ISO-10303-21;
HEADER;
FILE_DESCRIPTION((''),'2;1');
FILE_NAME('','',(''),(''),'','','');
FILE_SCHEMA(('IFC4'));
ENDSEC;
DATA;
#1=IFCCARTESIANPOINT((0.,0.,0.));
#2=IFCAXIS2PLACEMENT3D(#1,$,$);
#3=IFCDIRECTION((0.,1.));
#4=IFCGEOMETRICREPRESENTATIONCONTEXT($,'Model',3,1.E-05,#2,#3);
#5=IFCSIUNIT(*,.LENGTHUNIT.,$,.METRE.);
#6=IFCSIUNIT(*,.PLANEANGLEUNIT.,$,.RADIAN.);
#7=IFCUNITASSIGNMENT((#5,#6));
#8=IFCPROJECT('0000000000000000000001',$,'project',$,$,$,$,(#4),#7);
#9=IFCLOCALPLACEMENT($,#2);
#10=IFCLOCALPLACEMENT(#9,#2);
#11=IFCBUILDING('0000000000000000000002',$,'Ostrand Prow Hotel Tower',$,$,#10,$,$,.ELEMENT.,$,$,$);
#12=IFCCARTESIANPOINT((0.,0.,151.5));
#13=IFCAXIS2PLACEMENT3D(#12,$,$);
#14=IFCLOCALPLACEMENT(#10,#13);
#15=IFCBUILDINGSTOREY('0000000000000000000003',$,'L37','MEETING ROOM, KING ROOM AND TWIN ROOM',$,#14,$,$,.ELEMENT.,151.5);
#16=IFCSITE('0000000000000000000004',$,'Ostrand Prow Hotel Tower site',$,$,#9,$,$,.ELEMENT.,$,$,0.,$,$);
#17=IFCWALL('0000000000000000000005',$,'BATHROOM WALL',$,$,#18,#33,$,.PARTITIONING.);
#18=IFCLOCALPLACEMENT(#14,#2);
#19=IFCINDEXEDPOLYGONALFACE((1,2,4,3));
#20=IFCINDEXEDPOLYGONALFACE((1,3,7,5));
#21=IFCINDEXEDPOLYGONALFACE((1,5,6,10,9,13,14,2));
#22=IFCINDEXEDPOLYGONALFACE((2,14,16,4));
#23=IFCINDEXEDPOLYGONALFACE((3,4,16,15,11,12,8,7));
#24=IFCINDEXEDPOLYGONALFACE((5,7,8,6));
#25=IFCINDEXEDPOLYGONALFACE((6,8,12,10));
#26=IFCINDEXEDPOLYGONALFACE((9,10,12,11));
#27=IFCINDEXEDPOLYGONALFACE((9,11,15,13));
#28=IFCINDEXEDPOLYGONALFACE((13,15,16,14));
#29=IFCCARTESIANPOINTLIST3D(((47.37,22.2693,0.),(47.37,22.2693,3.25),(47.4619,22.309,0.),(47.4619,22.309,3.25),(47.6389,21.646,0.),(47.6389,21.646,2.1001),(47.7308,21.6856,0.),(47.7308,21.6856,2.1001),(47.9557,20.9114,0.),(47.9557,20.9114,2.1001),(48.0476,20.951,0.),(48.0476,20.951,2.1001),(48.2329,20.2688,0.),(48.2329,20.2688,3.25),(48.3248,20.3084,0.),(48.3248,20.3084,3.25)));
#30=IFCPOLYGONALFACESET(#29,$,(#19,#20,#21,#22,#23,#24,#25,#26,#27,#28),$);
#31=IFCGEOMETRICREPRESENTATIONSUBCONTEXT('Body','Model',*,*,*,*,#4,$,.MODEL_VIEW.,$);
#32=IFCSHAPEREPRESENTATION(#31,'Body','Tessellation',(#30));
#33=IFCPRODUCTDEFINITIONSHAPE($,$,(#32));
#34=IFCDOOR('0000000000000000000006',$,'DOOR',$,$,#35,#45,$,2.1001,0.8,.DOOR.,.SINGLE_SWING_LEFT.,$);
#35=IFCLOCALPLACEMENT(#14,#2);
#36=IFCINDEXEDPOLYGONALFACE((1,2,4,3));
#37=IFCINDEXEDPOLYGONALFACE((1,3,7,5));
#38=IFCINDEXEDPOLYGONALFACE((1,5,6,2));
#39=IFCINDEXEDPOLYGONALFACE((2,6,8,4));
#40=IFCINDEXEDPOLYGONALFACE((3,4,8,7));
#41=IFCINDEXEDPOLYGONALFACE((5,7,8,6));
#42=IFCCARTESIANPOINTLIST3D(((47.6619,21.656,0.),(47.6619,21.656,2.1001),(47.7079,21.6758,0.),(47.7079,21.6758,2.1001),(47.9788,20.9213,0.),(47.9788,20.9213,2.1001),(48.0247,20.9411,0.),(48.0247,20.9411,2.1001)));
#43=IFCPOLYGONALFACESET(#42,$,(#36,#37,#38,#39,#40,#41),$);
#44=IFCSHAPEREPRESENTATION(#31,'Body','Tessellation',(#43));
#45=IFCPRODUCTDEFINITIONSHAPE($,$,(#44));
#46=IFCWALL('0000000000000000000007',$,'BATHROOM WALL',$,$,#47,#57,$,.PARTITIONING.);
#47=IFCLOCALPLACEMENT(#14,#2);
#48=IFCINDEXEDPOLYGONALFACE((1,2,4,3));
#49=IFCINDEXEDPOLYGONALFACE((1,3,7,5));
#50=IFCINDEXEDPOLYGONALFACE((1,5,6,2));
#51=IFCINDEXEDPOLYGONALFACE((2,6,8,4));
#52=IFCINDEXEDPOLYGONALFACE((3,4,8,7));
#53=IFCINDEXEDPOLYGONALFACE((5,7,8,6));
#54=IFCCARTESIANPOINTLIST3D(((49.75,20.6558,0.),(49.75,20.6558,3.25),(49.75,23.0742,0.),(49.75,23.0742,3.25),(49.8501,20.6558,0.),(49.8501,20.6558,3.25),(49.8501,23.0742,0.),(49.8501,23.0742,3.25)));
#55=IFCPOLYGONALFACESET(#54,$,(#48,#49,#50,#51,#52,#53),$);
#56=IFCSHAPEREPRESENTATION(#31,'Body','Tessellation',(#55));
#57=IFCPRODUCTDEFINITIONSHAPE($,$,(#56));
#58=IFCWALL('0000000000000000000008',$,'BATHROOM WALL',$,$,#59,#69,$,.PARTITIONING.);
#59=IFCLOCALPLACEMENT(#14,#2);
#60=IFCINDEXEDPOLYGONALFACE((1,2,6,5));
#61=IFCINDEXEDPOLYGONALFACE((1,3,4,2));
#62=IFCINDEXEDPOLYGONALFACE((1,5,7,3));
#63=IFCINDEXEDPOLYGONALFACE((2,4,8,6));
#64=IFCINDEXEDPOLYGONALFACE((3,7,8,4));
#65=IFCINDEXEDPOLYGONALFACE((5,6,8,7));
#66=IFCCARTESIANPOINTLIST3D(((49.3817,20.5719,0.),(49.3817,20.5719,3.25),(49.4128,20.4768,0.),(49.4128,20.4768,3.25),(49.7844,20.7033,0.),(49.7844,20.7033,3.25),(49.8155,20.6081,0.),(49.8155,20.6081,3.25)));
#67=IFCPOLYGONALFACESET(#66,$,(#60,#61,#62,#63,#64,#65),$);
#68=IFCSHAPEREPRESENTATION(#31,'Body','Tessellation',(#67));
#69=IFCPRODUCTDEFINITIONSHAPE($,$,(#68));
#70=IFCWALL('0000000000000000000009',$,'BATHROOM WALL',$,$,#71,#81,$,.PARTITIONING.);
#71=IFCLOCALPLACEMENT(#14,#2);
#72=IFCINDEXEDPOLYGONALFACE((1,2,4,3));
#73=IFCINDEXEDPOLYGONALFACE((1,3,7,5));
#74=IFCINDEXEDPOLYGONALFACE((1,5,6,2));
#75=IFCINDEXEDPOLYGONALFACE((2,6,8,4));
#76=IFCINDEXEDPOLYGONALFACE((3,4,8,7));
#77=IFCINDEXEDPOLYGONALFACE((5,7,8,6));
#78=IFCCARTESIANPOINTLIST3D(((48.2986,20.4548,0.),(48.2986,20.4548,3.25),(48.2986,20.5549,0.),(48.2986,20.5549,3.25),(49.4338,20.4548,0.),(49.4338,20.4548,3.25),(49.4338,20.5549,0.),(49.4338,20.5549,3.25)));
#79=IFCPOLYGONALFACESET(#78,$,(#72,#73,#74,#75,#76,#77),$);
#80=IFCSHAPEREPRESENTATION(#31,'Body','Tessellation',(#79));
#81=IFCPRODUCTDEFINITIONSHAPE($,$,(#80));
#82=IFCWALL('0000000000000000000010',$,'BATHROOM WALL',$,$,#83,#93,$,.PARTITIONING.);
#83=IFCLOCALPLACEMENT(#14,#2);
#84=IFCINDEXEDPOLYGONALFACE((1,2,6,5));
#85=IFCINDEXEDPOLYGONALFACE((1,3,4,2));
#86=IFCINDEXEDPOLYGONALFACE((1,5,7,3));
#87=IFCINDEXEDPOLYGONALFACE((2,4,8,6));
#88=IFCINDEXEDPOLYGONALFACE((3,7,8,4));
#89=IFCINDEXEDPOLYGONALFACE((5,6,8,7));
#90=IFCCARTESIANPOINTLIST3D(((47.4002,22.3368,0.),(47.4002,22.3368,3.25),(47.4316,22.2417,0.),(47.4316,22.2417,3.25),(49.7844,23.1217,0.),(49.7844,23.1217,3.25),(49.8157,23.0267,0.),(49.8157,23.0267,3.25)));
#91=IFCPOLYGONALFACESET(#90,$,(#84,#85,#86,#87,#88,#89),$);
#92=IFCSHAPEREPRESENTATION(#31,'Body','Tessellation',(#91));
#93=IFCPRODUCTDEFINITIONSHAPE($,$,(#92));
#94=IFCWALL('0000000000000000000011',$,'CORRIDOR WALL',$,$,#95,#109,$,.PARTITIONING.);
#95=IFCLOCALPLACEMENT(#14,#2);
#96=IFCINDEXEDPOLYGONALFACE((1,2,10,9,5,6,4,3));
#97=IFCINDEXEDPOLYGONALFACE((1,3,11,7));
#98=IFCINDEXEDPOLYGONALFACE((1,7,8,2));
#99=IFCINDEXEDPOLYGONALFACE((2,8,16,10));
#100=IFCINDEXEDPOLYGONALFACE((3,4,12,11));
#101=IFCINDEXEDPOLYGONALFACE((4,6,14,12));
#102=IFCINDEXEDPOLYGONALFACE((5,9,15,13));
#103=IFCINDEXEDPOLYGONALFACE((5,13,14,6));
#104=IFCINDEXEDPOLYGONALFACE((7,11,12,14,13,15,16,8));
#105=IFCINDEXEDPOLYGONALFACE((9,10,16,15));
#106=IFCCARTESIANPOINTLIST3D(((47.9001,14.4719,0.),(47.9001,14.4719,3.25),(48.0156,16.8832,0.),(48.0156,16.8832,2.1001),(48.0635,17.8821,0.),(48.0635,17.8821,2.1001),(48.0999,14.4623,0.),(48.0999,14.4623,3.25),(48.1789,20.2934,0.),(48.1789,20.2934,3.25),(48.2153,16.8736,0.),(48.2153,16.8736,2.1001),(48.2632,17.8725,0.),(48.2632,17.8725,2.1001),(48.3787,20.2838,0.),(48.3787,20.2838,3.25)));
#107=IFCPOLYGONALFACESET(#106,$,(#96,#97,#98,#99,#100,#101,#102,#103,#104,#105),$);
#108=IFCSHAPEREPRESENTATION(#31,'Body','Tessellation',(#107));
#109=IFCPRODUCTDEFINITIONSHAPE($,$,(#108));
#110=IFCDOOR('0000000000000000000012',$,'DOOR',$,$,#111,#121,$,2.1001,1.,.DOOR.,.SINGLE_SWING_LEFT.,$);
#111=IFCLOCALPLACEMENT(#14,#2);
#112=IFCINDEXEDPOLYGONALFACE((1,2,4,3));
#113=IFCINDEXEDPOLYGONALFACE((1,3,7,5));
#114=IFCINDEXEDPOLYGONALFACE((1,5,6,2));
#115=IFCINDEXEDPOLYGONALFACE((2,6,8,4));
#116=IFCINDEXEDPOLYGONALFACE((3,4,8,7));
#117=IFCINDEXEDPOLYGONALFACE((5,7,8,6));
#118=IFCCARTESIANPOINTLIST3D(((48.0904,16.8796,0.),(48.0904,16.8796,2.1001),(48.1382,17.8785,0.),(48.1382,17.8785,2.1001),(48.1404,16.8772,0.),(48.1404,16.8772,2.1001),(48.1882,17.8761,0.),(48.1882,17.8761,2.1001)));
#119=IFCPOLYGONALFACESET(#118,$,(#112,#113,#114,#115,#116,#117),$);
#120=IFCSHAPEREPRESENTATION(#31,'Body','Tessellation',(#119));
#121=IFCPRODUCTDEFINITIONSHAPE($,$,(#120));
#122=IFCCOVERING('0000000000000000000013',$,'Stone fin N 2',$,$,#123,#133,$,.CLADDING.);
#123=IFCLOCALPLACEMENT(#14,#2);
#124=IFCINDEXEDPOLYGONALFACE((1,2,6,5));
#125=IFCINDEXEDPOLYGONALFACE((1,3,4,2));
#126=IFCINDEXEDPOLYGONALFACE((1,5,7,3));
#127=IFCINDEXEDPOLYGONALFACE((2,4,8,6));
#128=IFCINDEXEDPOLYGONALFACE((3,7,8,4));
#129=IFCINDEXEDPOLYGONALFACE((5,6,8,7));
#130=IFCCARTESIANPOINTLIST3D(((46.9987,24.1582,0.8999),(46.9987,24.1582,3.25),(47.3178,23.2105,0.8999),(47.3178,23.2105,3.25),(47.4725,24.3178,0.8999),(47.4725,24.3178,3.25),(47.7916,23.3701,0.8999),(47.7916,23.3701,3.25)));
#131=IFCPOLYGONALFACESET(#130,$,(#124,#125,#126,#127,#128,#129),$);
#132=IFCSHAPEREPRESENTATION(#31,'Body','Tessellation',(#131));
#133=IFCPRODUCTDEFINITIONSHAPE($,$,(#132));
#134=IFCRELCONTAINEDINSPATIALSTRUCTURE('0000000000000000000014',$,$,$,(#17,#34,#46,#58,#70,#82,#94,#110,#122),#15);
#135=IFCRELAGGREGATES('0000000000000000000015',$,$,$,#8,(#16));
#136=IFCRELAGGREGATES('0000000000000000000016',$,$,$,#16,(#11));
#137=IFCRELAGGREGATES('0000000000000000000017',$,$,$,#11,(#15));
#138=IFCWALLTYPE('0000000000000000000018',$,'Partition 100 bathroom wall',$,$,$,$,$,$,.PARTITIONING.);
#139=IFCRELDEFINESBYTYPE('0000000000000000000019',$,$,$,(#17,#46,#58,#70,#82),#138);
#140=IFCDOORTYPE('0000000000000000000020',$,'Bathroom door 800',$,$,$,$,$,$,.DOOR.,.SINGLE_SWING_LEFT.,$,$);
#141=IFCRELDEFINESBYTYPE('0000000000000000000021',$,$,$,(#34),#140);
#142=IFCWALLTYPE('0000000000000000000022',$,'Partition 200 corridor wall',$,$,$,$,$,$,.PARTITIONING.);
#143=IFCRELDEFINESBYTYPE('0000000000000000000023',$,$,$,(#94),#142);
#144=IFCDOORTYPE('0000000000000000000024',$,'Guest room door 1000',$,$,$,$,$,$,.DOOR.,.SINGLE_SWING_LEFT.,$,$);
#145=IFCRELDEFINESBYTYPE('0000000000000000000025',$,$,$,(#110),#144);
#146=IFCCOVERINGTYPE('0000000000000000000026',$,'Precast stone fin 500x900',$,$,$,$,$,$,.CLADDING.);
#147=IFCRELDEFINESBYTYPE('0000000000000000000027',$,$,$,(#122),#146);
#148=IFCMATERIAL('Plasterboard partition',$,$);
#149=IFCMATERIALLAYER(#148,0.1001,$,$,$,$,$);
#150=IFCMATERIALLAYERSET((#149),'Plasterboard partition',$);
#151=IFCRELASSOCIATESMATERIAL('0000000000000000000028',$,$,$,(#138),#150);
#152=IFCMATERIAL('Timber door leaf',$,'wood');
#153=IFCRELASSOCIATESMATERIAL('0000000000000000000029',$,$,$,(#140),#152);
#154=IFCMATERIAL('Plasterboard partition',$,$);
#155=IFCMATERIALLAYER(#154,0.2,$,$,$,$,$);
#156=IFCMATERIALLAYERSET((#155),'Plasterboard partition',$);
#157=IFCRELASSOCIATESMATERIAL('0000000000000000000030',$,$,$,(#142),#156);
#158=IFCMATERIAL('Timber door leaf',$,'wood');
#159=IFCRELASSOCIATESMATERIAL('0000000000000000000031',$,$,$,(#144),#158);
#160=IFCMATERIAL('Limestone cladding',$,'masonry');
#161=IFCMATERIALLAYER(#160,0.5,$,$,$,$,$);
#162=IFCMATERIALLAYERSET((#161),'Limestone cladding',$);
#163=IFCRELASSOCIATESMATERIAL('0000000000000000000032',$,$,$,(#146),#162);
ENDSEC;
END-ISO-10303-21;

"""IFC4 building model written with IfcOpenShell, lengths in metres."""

from ifc_helpers import new_model, si_unit, direction, frame, frame_2d, origin, place, context, subcontext, project, spatial, rectangle, extrude, material, layer, layer_set, type_object, element, fill, save


model = new_model("IFC4")

# Units and contexts
model_context = context("Model", 3, precision=1e-05, world=origin(), true_north=direction((0.0, 1.0)))
body_context = subcontext(model_context, "Body", "Model", "MODEL_VIEW")
ifc_project = project(units=[si_unit("LENGTHUNIT", "METRE"), si_unit("PLANEANGLEUNIT", "RADIAN")], contexts=[model_context])

# Site, building, storey
site_placement = place(None, origin())
site = spatial("IfcSite", under=ifc_project, at=site_placement, Name="Ostrand Prow Hotel Tower site", CompositionType="ELEMENT", RefElevation=0.0)
building_placement = place(site_placement, origin())
building = spatial("IfcBuilding", under=site, at=building_placement, Name="Ostrand Prow Hotel Tower", CompositionType="ELEMENT")
storey_placement = place(building_placement, frame((0.0, 0.0, 151.5)))
storey = spatial("IfcBuildingStorey", under=building, at=storey_placement, Name="L37", Description="MEETING ROOM, KING ROOM AND TWIN ROOM", CompositionType="ELEMENT", Elevation=151.5)

# Wall, opening, door
ifc_material_1 = material(Name="Plasterboard partition")
ifc_layer_1 = layer(ifc_material_1, 0.1001)
ifc_layer_set_1 = layer_set([ifc_layer_1], Name="Plasterboard partition")
wall_type_1 = type_object("IfcWallType", Name="Partition 100 bathroom wall", PredefinedType="PARTITIONING", material=ifc_layer_set_1)
wall_1_placement = place(storey_placement, frame((48.2788, 20.2886, 0.0), z_axis=(0.0, 0.0, 1.0), x_axis=(-0.396028, 0.918238, 0.0)))
wall_1 = element("IfcWall", 1, at=wall_1_placement, inside=storey, type_object=wall_type_1, Name="BATHROOM WALL", PredefinedType="PARTITIONING", context=body_context, shape_type="SweptSolid", body=[
    extrude(rectangle(XDim=2.1787, YDim=0.1001, at=frame_2d((1.0894, 0.0))), origin(), (0.0, 0.0, 1.0), 3.25),
])
opening_1_placement = place(wall_1_placement, frame((0.7, 0.0, 0.0)))
opening_1 = element("IfcOpeningElement", 2, at=opening_1_placement, cuts=wall_1, PredefinedType="OPENING", context=body_context, shape_type="SweptSolid", body=[
    extrude(rectangle(XDim=0.8, YDim=2.1001, at=frame_2d((0.3999, 1.05))), frame((0.0, 0.0601, 0.0), z_axis=(0.0, -1.0, 0.0), x_axis=(1.0, 0.0, 0.0)), (0.0, 0.0, 1.0), 0.1201),
])
ifc_material_2 = material(Name="Timber door leaf", Category="wood")
door_type_1 = type_object("IfcDoorType", Name="Bathroom door 800", OperationType="SINGLE_SWING_LEFT", PredefinedType="DOOR", material=ifc_material_2)
door_1_placement = place(opening_1_placement, origin())
door_1 = element("IfcDoor", 3, at=door_1_placement, inside=storey, type_object=door_type_1, Name="DOOR", OperationType="SINGLE_SWING_LEFT", OverallHeight=2.1001, OverallWidth=0.8, PredefinedType="DOOR", context=body_context, shape_type="SweptSolid", body=[
    extrude(rectangle(XDim=0.8, YDim=2.1001, at=frame_2d((0.3999, 1.05))), frame((0.0, 0.0249, 0.0), z_axis=(0.0, -1.0, 0.0), x_axis=(1.0, 0.0, 0.0)), (0.0, 0.0, 1.0), 0.05),
])
fill(opening_1, door_1)

# Walls
wall_2_placement = place(storey_placement, frame((49.8, 23.0742, 0.0), z_axis=(0.0, 0.0, 1.0), x_axis=(0.0, -1.0, 0.0)))
element("IfcWall", 4, at=wall_2_placement, inside=storey, type_object=wall_type_1, Name="BATHROOM WALL", PredefinedType="PARTITIONING", context=body_context, shape_type="SweptSolid", body=[
    extrude(rectangle(XDim=2.4185, YDim=0.1001, at=frame_2d((1.2092, 0.0))), origin(), (0.0, 0.0, 1.0), 3.25),
])
wall_3_placement = place(storey_placement, frame((49.8, 20.6558, 0.0), z_axis=(0.0, 0.0, 1.0), x_axis=(-0.950682, -0.310168, 0.0)))
element("IfcWall", 5, at=wall_3_placement, inside=storey, type_object=wall_type_1, Name="BATHROOM WALL", PredefinedType="PARTITIONING", context=body_context, shape_type="SweptSolid", body=[
    extrude(rectangle(XDim=0.4236, YDim=0.1001, at=frame_2d((0.2119, 0.0))), origin(), (0.0, 0.0, 1.0), 3.25),
])
wall_4_placement = place(storey_placement, frame((49.4338, 20.5049, 0.0), z_axis=(0.0, 0.0, 1.0), x_axis=(-1.0, 0.0, 0.0)))
element("IfcWall", 6, at=wall_4_placement, inside=storey, type_object=wall_type_1, Name="BATHROOM WALL", PredefinedType="PARTITIONING", context=body_context, shape_type="SweptSolid", body=[
    extrude(rectangle(XDim=1.1353, YDim=0.1001, at=frame_2d((0.5676, 0.0))), origin(), (0.0, 0.0, 1.0), 3.25),
])
wall_5_placement = place(storey_placement, frame((47.416, 22.2893, 0.0), z_axis=(0.0, 0.0, 1.0), x_axis=(0.949844, 0.312724, 0.0)))
element("IfcWall", 7, at=wall_5_placement, inside=storey, type_object=wall_type_1, Name="BATHROOM WALL", PredefinedType="PARTITIONING", context=body_context, shape_type="SweptSolid", body=[
    extrude(rectangle(XDim=2.51, YDim=0.1001, at=frame_2d((1.2549, 0.0))), origin(), (0.0, 0.0, 1.0), 3.25),
])

# Wall, opening, door
ifc_material_3 = material(Name="Plasterboard partition")
ifc_layer_2 = layer(ifc_material_3, 0.2)
ifc_layer_set_2 = layer_set([ifc_layer_2], Name="Plasterboard partition")
wall_type_2 = type_object("IfcWallType", Name="Partition 200 corridor wall", PredefinedType="PARTITIONING", material=ifc_layer_set_2)
wall_6_placement = place(storey_placement, frame((48.2788, 20.2886, 0.0), z_axis=(0.0, 0.0, 1.0), x_axis=(-0.047838, -0.998855, 0.0)))
wall_6 = element("IfcWall", 8, at=wall_6_placement, inside=storey, type_object=wall_type_2, Name="CORRIDOR WALL", PredefinedType="PARTITIONING", context=body_context, shape_type="SweptSolid", body=[
    extrude(rectangle(XDim=5.8281, YDim=0.2, at=frame_2d((2.9141, 0.0))), origin(), (0.0, 0.0, 1.0), 3.25),
])
opening_2_placement = place(wall_6_placement, frame((2.4141, 0.0, 0.0)))
opening_2 = element("IfcOpeningElement", 9, at=opening_2_placement, cuts=wall_6, PredefinedType="OPENING", context=body_context, shape_type="SweptSolid", body=[
    extrude(rectangle(XDim=1.0, YDim=2.1001, at=frame_2d((0.5, 1.05))), frame((0.0, 0.1099, 0.0), z_axis=(0.0, -1.0, 0.0), x_axis=(1.0, 0.0, 0.0)), (0.0, 0.0, 1.0), 0.22),
])
ifc_material_4 = material(Name="Timber door leaf", Category="wood")
door_type_2 = type_object("IfcDoorType", Name="Guest room door 1000", OperationType="SINGLE_SWING_LEFT", PredefinedType="DOOR", material=ifc_material_4)
door_2_placement = place(opening_2_placement, origin())
door_2 = element("IfcDoor", 10, at=door_2_placement, inside=storey, type_object=door_type_2, Name="DOOR", OperationType="SINGLE_SWING_LEFT", OverallHeight=2.1001, OverallWidth=1.0, PredefinedType="DOOR", context=body_context, shape_type="SweptSolid", body=[
    extrude(rectangle(XDim=1.0, YDim=2.1001, at=frame_2d((0.5, 1.05))), frame((0.0, 0.0249, 0.0), z_axis=(0.0, -1.0, 0.0), x_axis=(1.0, 0.0, 0.0)), (0.0, 0.0, 1.0), 0.05),
])
fill(opening_2, door_2)

# Covering
ifc_material_5 = material(Name="Limestone cladding", Category="masonry")
ifc_layer_3 = layer(ifc_material_5, 0.5)
ifc_layer_set_3 = layer_set([ifc_layer_3], Name="Limestone cladding")
covering_type = type_object("IfcCoveringType", Name="Precast stone fin 500x900", PredefinedType="CLADDING", material=ifc_layer_set_3)
covering_placement = place(storey_placement, frame((47.5547, 23.2903, 0.8999), z_axis=(0.0, 0.0, 1.0), x_axis=(-0.319083, 0.947727, 0.0)))
element("IfcCovering", 11, at=covering_placement, inside=storey, type_object=covering_type, Name="Stone fin N 2", PredefinedType="CLADDING", context=body_context, shape_type="SweptSolid", body=[
    extrude(rectangle(XDim=1.0, YDim=0.5, at=frame_2d((0.5, 0.0))), origin(), (0.0, 0.0, 1.0), 2.3501),
])

save(model, "model.ifc")
